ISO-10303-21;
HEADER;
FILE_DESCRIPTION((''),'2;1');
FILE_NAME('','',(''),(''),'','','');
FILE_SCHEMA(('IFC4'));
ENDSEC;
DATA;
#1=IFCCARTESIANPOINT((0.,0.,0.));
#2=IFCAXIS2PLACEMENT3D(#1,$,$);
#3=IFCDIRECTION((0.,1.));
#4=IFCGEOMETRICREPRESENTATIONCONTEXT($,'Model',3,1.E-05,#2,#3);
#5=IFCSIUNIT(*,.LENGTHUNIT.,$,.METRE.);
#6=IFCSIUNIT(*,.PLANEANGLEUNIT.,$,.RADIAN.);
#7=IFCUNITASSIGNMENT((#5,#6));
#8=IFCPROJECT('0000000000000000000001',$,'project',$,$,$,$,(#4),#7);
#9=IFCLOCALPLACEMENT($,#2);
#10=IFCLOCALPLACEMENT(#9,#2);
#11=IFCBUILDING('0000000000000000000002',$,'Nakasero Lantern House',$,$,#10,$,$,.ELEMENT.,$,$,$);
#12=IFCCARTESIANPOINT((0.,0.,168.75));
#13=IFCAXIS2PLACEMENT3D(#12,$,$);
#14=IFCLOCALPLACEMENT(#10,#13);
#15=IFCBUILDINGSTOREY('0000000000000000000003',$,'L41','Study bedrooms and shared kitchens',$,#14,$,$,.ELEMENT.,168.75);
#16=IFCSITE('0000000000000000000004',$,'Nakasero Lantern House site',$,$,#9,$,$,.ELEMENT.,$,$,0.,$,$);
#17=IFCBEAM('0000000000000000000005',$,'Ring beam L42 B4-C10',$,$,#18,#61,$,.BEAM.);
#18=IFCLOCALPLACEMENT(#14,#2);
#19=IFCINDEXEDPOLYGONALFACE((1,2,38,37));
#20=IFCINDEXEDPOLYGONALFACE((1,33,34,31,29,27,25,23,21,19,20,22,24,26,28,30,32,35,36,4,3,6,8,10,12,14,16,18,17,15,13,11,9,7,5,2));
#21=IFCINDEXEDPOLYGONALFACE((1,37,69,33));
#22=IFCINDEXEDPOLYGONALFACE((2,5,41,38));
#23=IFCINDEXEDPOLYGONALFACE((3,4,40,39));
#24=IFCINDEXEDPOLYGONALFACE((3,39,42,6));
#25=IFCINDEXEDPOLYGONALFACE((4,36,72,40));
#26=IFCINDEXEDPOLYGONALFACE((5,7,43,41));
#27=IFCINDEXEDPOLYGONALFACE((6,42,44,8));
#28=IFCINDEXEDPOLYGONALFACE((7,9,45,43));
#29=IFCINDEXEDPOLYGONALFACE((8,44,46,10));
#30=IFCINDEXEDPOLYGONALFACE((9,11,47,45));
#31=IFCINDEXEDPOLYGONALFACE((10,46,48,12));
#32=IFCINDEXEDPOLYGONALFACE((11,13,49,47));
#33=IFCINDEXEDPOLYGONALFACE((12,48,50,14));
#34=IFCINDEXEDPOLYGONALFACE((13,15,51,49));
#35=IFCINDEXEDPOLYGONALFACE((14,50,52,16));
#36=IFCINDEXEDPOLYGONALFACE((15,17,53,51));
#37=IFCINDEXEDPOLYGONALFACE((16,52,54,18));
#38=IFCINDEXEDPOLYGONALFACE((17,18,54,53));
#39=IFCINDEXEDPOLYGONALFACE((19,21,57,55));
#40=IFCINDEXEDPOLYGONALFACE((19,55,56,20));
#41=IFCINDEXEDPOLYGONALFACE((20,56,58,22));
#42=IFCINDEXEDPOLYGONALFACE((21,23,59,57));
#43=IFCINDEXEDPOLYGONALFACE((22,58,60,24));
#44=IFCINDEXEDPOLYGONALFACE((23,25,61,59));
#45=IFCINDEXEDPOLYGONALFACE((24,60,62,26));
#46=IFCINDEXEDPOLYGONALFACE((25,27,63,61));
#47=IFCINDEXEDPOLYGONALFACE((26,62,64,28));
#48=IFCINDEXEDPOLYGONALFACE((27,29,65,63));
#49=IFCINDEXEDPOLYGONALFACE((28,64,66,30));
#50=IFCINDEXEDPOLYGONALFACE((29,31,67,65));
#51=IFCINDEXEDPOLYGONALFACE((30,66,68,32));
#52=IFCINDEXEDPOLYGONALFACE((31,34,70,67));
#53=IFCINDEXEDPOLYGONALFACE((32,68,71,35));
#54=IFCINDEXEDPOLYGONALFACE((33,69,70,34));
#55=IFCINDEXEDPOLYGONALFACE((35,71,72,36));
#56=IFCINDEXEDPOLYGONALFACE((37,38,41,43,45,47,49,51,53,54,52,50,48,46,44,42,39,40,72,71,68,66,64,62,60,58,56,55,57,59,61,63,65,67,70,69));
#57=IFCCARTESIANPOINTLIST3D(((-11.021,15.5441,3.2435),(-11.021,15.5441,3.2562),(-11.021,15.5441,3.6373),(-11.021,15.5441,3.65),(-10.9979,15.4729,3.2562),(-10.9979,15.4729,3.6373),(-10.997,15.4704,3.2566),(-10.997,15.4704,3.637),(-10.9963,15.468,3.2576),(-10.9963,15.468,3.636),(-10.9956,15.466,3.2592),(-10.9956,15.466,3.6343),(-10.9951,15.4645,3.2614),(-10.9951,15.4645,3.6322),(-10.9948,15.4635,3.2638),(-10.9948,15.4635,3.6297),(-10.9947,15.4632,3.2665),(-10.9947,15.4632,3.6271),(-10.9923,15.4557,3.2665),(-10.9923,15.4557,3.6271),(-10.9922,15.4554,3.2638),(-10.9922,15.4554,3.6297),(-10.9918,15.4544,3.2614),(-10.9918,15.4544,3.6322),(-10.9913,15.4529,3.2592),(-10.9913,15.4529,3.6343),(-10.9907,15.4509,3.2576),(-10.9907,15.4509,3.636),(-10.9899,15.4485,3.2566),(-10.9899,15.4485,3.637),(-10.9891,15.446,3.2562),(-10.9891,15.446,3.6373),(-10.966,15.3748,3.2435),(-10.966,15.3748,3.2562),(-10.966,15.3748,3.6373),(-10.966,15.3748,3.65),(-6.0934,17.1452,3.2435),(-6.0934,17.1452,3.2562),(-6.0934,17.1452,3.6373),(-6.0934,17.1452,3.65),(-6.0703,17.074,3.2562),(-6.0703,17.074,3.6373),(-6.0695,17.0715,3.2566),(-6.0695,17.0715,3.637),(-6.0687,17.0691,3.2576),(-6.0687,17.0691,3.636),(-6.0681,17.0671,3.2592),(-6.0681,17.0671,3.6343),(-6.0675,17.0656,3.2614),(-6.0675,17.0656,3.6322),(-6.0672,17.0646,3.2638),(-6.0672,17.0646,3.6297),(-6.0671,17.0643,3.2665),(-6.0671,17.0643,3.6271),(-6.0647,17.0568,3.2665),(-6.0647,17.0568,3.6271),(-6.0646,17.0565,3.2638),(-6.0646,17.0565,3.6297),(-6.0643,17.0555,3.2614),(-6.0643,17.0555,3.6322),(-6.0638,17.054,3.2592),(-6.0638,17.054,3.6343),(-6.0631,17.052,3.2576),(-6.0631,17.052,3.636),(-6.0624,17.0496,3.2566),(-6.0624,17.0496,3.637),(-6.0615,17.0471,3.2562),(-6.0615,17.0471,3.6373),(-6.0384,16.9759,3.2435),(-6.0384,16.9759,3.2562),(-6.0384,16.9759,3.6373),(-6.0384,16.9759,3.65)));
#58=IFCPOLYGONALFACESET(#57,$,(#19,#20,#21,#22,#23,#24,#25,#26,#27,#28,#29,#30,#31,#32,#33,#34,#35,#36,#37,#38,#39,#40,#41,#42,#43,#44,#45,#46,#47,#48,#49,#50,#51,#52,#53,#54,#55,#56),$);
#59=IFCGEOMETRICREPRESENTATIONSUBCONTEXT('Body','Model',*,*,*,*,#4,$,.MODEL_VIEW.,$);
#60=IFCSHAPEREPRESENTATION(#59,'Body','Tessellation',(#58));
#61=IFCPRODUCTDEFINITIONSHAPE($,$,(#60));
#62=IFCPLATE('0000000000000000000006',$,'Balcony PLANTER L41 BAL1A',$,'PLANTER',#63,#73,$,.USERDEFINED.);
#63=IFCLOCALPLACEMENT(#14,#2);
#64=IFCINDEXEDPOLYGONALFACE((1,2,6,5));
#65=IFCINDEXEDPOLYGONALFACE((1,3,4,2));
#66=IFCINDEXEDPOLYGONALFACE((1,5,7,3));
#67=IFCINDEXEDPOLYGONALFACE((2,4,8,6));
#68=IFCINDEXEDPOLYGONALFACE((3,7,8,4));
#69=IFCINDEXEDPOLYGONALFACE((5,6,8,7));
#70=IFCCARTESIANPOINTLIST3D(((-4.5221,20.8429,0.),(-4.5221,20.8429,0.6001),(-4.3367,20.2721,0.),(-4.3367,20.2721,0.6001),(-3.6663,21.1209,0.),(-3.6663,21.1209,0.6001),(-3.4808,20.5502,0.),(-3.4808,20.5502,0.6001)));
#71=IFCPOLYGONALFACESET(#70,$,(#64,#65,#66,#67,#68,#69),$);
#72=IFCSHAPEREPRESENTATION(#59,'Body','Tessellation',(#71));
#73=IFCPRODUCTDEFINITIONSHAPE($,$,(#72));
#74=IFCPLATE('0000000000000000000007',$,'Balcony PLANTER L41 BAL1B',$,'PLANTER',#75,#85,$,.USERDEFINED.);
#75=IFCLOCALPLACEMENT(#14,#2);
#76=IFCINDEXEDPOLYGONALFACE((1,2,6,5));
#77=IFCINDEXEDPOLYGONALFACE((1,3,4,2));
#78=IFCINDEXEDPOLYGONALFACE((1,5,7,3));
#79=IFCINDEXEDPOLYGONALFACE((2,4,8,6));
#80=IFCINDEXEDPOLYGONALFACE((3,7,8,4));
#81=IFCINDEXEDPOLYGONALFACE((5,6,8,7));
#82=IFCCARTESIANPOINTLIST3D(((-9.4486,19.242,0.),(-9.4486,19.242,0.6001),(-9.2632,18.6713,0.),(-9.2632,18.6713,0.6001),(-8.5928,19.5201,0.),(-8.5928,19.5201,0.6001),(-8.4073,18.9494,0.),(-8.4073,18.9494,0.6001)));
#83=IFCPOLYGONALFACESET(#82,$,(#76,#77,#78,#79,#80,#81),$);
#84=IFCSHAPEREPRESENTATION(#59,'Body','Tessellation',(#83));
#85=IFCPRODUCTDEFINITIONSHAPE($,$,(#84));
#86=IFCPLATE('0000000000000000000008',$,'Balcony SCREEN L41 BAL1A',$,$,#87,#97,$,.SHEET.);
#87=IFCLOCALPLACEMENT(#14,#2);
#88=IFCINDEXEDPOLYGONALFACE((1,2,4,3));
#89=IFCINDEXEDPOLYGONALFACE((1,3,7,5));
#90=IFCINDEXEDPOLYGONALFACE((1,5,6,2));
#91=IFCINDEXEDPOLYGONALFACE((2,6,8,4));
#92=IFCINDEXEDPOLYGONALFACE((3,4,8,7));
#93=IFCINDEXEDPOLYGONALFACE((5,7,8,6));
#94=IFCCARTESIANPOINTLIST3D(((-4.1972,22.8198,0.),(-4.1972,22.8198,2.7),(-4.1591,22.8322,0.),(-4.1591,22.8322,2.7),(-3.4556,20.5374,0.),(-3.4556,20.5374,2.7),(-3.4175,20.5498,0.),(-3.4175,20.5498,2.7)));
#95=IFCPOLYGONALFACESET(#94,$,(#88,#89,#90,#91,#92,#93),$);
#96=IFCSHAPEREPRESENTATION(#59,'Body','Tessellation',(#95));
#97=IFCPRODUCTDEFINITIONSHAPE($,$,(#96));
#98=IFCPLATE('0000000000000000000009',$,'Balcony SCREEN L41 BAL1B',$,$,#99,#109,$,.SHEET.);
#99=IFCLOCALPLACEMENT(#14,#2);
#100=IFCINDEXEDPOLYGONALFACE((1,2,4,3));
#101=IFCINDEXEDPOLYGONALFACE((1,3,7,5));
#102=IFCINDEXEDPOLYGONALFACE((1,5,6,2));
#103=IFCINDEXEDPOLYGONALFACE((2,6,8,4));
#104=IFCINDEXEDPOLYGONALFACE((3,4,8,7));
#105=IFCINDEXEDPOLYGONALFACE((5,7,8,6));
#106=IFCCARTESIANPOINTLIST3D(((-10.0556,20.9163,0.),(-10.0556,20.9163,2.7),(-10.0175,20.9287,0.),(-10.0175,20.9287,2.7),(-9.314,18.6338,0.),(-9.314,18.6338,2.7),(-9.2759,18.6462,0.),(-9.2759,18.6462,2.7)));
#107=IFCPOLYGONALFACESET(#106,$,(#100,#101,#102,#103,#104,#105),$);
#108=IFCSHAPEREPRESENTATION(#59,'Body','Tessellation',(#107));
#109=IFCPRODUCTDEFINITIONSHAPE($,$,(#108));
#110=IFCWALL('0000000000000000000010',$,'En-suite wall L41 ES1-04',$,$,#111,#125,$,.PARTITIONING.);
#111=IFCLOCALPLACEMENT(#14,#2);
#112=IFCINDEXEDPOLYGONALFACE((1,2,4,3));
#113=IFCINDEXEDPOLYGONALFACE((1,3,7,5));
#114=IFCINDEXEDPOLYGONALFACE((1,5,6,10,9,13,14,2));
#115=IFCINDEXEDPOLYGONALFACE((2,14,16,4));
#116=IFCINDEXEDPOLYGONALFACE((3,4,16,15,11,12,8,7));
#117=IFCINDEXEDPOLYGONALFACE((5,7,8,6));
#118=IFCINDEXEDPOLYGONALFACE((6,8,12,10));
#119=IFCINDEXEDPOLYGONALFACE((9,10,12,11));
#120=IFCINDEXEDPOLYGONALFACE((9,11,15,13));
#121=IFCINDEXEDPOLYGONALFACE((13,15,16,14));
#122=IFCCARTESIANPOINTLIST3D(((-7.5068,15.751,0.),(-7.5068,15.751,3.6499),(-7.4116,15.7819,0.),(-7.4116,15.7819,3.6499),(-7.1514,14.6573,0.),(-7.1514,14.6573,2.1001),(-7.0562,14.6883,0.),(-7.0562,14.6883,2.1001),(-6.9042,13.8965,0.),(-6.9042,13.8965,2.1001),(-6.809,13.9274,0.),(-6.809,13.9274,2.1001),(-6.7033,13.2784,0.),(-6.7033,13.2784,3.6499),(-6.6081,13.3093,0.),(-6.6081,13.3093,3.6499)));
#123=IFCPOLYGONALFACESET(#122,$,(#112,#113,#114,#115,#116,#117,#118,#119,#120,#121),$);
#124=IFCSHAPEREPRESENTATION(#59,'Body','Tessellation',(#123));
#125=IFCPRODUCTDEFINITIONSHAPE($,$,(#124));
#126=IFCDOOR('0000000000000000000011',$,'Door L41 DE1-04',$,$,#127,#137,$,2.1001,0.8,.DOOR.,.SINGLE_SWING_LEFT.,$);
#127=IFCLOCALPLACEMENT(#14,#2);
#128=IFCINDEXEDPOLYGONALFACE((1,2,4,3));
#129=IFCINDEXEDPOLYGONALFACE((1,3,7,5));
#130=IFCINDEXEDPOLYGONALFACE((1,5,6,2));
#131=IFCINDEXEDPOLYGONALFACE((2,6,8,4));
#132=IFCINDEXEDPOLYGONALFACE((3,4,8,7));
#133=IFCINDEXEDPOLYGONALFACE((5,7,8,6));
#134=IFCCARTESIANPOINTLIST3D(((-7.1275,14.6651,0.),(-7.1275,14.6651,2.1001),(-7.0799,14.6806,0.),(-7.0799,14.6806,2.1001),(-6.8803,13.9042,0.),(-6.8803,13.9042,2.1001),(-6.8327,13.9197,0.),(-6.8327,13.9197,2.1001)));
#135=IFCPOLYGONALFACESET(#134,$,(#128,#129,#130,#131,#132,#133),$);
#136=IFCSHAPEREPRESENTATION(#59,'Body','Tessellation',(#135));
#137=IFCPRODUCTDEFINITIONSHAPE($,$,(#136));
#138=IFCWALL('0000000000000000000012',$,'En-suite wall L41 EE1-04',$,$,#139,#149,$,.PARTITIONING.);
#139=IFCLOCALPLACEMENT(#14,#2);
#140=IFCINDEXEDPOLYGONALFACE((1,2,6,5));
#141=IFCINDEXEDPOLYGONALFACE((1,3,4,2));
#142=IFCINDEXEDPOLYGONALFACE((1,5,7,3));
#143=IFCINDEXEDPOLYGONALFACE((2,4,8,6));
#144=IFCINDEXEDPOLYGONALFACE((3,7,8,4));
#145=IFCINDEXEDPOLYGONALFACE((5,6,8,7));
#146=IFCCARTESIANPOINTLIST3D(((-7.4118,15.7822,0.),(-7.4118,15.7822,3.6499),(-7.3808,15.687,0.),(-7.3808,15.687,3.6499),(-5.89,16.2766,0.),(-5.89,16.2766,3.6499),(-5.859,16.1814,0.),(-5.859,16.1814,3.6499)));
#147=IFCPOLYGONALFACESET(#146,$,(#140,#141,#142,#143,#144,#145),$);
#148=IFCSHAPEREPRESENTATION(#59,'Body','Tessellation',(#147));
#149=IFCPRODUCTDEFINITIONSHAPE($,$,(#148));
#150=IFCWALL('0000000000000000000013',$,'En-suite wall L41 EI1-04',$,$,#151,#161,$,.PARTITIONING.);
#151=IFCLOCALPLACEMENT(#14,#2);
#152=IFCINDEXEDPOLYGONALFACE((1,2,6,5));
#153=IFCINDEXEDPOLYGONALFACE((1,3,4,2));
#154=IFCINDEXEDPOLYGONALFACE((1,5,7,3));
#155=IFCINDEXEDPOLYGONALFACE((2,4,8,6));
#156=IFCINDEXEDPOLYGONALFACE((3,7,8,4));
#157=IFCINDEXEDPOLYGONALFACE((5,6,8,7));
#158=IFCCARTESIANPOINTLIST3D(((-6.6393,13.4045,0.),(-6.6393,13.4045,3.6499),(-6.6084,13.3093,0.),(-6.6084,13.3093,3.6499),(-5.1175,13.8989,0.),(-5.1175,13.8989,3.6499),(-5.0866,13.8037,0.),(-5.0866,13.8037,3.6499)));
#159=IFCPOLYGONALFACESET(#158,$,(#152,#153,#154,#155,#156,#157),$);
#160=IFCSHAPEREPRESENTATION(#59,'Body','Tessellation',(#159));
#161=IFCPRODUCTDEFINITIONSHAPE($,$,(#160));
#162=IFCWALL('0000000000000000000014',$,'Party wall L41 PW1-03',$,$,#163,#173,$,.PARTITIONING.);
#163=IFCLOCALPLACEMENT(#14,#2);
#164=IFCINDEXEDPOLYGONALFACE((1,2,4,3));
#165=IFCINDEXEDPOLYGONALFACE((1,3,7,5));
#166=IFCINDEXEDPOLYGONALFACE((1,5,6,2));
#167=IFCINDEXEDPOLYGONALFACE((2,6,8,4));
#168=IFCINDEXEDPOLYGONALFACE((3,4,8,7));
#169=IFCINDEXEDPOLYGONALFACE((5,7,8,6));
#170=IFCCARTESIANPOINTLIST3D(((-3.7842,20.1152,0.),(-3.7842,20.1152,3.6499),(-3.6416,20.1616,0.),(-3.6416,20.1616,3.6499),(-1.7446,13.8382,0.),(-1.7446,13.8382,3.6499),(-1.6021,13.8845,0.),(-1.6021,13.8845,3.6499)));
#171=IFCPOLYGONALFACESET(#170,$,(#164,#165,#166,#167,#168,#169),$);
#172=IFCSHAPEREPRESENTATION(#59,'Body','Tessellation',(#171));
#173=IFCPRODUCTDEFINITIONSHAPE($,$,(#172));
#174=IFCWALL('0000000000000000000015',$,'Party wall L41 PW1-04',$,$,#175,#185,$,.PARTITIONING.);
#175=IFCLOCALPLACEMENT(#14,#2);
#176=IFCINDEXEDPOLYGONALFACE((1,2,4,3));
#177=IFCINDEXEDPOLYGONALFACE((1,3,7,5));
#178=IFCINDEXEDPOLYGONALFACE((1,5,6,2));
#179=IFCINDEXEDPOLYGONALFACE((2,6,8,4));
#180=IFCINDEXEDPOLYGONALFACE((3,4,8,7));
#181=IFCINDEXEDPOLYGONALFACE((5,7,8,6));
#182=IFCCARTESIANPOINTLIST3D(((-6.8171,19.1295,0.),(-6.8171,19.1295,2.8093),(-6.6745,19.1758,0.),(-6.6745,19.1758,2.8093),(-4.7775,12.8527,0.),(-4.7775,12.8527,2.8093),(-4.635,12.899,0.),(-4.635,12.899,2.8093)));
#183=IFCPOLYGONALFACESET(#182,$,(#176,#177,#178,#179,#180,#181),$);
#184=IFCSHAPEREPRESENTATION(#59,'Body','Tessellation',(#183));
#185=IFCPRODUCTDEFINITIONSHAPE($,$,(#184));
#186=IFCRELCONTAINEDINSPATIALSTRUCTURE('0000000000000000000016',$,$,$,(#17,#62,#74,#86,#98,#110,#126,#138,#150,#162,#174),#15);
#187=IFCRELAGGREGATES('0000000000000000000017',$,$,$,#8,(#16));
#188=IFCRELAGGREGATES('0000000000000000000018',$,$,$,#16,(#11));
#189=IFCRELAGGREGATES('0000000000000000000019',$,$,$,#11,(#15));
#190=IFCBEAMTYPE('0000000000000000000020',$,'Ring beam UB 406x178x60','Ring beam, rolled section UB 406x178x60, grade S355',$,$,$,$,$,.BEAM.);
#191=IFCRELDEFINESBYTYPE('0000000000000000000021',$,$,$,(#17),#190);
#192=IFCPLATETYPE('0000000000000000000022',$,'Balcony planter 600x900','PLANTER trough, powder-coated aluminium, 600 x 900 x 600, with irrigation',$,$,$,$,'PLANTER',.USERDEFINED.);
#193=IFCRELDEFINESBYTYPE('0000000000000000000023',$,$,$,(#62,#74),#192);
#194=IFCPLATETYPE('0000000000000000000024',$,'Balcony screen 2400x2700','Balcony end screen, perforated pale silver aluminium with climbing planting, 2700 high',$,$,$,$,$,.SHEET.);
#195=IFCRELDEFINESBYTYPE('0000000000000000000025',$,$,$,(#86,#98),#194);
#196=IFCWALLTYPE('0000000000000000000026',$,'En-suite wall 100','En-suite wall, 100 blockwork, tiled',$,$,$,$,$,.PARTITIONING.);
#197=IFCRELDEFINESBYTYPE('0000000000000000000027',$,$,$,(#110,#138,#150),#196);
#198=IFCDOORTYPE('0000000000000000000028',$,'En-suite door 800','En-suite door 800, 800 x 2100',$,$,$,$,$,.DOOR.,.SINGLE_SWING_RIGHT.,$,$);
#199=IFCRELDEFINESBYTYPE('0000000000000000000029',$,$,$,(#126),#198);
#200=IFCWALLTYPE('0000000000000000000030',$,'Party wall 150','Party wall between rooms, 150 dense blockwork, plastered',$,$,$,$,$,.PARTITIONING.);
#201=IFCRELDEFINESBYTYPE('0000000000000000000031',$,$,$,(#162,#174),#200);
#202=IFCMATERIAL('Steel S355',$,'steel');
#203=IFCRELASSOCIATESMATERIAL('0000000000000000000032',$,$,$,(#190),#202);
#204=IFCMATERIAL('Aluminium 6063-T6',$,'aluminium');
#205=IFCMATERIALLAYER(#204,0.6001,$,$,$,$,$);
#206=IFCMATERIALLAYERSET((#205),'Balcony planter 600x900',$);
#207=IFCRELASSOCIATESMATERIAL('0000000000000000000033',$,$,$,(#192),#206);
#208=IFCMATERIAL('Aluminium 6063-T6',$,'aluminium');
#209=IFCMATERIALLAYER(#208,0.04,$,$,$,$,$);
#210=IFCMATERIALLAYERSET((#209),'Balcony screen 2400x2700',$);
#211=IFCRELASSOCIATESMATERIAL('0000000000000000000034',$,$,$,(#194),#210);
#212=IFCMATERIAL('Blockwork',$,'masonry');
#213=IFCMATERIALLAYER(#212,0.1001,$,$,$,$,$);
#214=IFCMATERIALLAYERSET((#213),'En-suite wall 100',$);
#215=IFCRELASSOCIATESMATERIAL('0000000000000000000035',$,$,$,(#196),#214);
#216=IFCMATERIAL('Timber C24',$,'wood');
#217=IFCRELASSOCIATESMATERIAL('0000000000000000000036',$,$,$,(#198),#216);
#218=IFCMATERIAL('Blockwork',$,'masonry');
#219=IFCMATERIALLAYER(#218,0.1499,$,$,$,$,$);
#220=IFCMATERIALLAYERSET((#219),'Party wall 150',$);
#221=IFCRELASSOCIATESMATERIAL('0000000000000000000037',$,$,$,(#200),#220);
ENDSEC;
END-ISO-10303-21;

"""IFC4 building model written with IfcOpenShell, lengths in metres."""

from ifc_helpers import new_model, si_unit, direction, frame, frame_2d, origin, origin_2d, place, context, subcontext, project, spatial, rectangle, i_section, extrude, material, layer, layer_set, material_profile, profile_set, type_object, element, fill, save


model = new_model("IFC4")

# Units and contexts
model_context = context("Model", 3, precision=1e-05, world=origin(), true_north=direction((0.0, 1.0)))
body_context = subcontext(model_context, "Body", "Model", "MODEL_VIEW")
ifc_project = project(units=[si_unit("LENGTHUNIT", "METRE"), si_unit("PLANEANGLEUNIT", "RADIAN")], contexts=[model_context])

# Site, building, storey
site_placement = place(None, origin())
site = spatial("IfcSite", under=ifc_project, at=site_placement, Name="Nakasero Lantern House site", CompositionType="ELEMENT", RefElevation=0.0)
building_placement = place(site_placement, origin())
building = spatial("IfcBuilding", under=site, at=building_placement, Name="Nakasero Lantern House", CompositionType="ELEMENT")
storey_placement = place(building_placement, frame((0.0, 0.0, 168.75)))
storey = spatial("IfcBuildingStorey", under=building, at=storey_placement, Name="L41", Description="Study bedrooms and shared kitchens", CompositionType="ELEMENT", Elevation=168.75)

# Beam
ifc_material_1 = material(Name="Steel S355", Category="steel")
ifc_material_profile_1 = material_profile(ifc_material_1, i_section(OverallWidth=0.178, OverallDepth=0.4065, WebThickness=0.0078, FlangeThickness=0.0127, FilletRadius=0.0103, at=origin_2d()), Name="UB 406x178x60")
ifc_profile_set_1 = profile_set([ifc_material_profile_1], Name="Steel S355")
beam_type_1 = type_object("IfcBeamType", Name="Ring beam UB 406x178x60", Description="Ring beam, rolled section UB 406x178x60, grade S355", PredefinedType="BEAM", material=ifc_profile_set_1)
beam_1_placement = place(storey_placement, frame((-6.0659, 17.0605, 3.4468), z_axis=(-0.951054, -0.309023, 0.0), x_axis=(0.309023, -0.951054, 0.0)))
element("IfcBeam", 1, at=beam_1_placement, inside=storey, type_object=beam_type_1, Name="Ring beam L42 B4-C10", PredefinedType="BEAM", context=body_context, shape_type="SweptSolid", body=[
    extrude(i_section(OverallWidth=0.178, OverallDepth=0.4065, WebThickness=0.0078, FlangeThickness=0.0127, FilletRadius=0.0103, at=origin_2d()), origin(), (0.0, 0.0, 1.0), 5.1812),
])

# Plates
ifc_material_2 = material(Name="Aluminium 6063-T6", Category="aluminium")
ifc_layer_1 = layer(ifc_material_2, 0.6001)
ifc_layer_set_1 = layer_set([ifc_layer_1], Name="Balcony planter 600x900")
plate_type_1 = type_object("IfcPlateType", Name="Balcony planter 600x900", Description="PLANTER trough, powder-coated aluminium, 600 x 900 x 600, with irrigation", ElementType="PLANTER", PredefinedType="USERDEFINED", material=ifc_layer_set_1)
for number, where, z_axis, x_axis, name in (
    (2, (-4.0015, 20.6965, 0.0), (0.0, 0.0, 1.0), (-0.309017, 0.951057, 0.0), "Balcony PLANTER L41 BAL1A"),
    (3, (-8.928, 19.0957, 0.0), (0.0, 0.0, 1.0), (-0.309017, 0.951057, 0.0), "Balcony PLANTER L41 BAL1B"),
):
    element("IfcPlate", number, at=place(storey_placement, frame(where, z_axis=z_axis, x_axis=x_axis)), inside=storey, type_object=plate_type_1, Name=name, ObjectType="PLANTER", PredefinedType="USERDEFINED", context=body_context, shape_type="SweptSolid", body=[
        extrude(rectangle(XDim=0.6001, YDim=0.8999, at=origin_2d()), origin(), (0.0, 0.0, 1.0), 0.6001),
    ])
ifc_material_3 = material(Name="Aluminium 6063-T6", Category="aluminium")
ifc_layer_2 = layer(ifc_material_3, 0.04)
ifc_layer_set_2 = layer_set([ifc_layer_2], Name="Balcony screen 2400x2700")
plate_type_2 = type_object("IfcPlateType", Name="Balcony screen 2400x2700", Description="Balcony end screen, perforated pale silver aluminium with climbing planting, 2700 high", PredefinedType="SHEET", material=ifc_layer_set_2)
for number, where, z_axis, x_axis, name in (
    (4, (-3.8074, 21.6848, 0.0), (0.0, 0.0, 1.0), (-0.309017, 0.951057, 0.0), "Balcony SCREEN L41 BAL1A"),
    (5, (-9.6658, 19.7812, 0.0), (0.0, 0.0, 1.0), (-0.309017, 0.951057, 0.0), "Balcony SCREEN L41 BAL1B"),
):
    element("IfcPlate", number, at=place(storey_placement, frame(where, z_axis=z_axis, x_axis=x_axis)), inside=storey, type_object=plate_type_2, Name=name, PredefinedType="SHEET", context=body_context, shape_type="SweptSolid", body=[
        extrude(rectangle(XDim=2.3999, YDim=0.04, at=origin_2d()), origin(), (0.0, 0.0, 1.0), 2.7),
    ])

# Wall, opening, door
ifc_material_4 = material(Name="Blockwork", Category="masonry")
ifc_layer_3 = layer(ifc_material_4, 0.1001)
ifc_layer_set_3 = layer_set([ifc_layer_3], Name="En-suite wall 100")
wall_type_1 = type_object("IfcWallType", Name="En-suite wall 100", Description="En-suite wall, 100 blockwork, tiled", PredefinedType="PARTITIONING", material=ifc_layer_set_3)
wall_1_placement = place(storey_placement, frame((-6.6558, 13.2939, 0.0), z_axis=(0.0, 0.0, 1.0), x_axis=(-0.309035, 0.951051, 0.0)))
wall_1 = element("IfcWall", 6, at=wall_1_placement, inside=storey, type_object=wall_type_1, Name="En-suite wall L41 ES1-04", PredefinedType="PARTITIONING", context=body_context, shape_type="SweptSolid", body=[
    extrude(rectangle(XDim=2.5999, YDim=0.1001, at=frame_2d((1.2998, 0.0))), origin(), (0.0, 0.0, 1.0), 3.6499),
])
opening_placement = place(wall_1_placement, frame((0.6499, 0.0, 0.0)))
opening = element("IfcOpeningElement", 7, at=opening_placement, cuts=wall_1, PredefinedType="OPENING", context=body_context, shape_type="SweptSolid", body=[
    extrude(rectangle(XDim=0.8, YDim=2.1001, at=frame_2d((0.3999, 1.05))), frame((0.0, 0.0701, 0.0), z_axis=(0.0, -1.0, 0.0), x_axis=(1.0, 0.0, 0.0)), (0.0, 0.0, 1.0), 0.1401),
])
ifc_material_5 = material(Name="Timber C24", Category="wood")
door_type = type_object("IfcDoorType", Name="En-suite door 800", Description="En-suite door 800, 800 x 2100", OperationType="SINGLE_SWING_RIGHT", PredefinedType="DOOR", material=ifc_material_5)
door_placement = place(opening_placement, origin())
door = element("IfcDoor", 8, at=door_placement, inside=storey, type_object=door_type, Name="Door L41 DE1-04", OperationType="SINGLE_SWING_LEFT", OverallHeight=2.1001, OverallWidth=0.8, PredefinedType="DOOR", context=body_context, shape_type="SweptSolid", body=[
    extrude(rectangle(XDim=0.8, YDim=2.1001, at=frame_2d((0.3999, 1.05))), frame((0.0, 0.0249, 0.0), z_axis=(0.0, -1.0, 0.0), x_axis=(1.0, 0.0, 0.0)), (0.0, 0.0, 1.0), 0.05),
])
fill(opening, door)

# Walls
for number, where, z_axis, x_axis, name in (
    (9, (-5.8745, 16.229, 0.0), (0.0, 0.0, 1.0), (-0.951067, -0.308986, 0.0), "En-suite wall L41 EE1-04"),
    (10, (-5.1021, 13.8513, 0.0), (0.0, 0.0, 1.0), (-0.951067, -0.308986, 0.0), "En-suite wall L41 EI1-04"),
):
    element("IfcWall", number, at=place(storey_placement, frame(where, z_axis=z_axis, x_axis=x_axis)), inside=storey, type_object=wall_type_1, Name=name, PredefinedType="PARTITIONING", context=body_context, shape_type="SweptSolid", body=[
        extrude(rectangle(XDim=1.6001, YDim=0.1001, at=frame_2d((0.8, 0.0))), origin(), (0.0, 0.0, 1.0), 3.6499),
    ])
ifc_material_6 = material(Name="Blockwork", Category="masonry")
ifc_layer_4 = layer(ifc_material_6, 0.1499)
ifc_layer_set_4 = layer_set([ifc_layer_4], Name="Party wall 150")
wall_type_2 = type_object("IfcWallType", Name="Party wall 150", Description="Party wall between rooms, 150 dense blockwork, plastered", PredefinedType="PARTITIONING", material=ifc_layer_set_4)
wall_2_placement = place(storey_placement, frame((-1.6733, 13.8613, 0.0), z_axis=(0.0, 0.0, 1.0), x_axis=(-0.309017, 0.951057, 0.0)))
element("IfcWall", 11, at=wall_2_placement, inside=storey, type_object=wall_type_2, Name="Party wall L41 PW1-03", PredefinedType="PARTITIONING", context=body_context, shape_type="SweptSolid", body=[
    extrude(rectangle(XDim=6.6001, YDim=0.1499, at=frame_2d((3.3, 0.0))), origin(), (0.0, 0.0, 1.0), 3.6499),
])
wall_3_placement = place(storey_placement, frame((-4.7063, 12.876, 0.0), z_axis=(0.0, 0.0, 1.0), x_axis=(-0.309028, 0.951053, 0.0)))
element("IfcWall", 12, at=wall_3_placement, inside=storey, type_object=wall_type_2, Name="Party wall L41 PW1-04", PredefinedType="PARTITIONING", context=body_context, shape_type="SweptSolid", body=[
    extrude(rectangle(XDim=6.5999, YDim=0.1499, at=frame_2d((3.2998, 0.0))), origin(), (0.0, 0.0, 1.0), 2.8093),
])

save(model, "model.ifc")
